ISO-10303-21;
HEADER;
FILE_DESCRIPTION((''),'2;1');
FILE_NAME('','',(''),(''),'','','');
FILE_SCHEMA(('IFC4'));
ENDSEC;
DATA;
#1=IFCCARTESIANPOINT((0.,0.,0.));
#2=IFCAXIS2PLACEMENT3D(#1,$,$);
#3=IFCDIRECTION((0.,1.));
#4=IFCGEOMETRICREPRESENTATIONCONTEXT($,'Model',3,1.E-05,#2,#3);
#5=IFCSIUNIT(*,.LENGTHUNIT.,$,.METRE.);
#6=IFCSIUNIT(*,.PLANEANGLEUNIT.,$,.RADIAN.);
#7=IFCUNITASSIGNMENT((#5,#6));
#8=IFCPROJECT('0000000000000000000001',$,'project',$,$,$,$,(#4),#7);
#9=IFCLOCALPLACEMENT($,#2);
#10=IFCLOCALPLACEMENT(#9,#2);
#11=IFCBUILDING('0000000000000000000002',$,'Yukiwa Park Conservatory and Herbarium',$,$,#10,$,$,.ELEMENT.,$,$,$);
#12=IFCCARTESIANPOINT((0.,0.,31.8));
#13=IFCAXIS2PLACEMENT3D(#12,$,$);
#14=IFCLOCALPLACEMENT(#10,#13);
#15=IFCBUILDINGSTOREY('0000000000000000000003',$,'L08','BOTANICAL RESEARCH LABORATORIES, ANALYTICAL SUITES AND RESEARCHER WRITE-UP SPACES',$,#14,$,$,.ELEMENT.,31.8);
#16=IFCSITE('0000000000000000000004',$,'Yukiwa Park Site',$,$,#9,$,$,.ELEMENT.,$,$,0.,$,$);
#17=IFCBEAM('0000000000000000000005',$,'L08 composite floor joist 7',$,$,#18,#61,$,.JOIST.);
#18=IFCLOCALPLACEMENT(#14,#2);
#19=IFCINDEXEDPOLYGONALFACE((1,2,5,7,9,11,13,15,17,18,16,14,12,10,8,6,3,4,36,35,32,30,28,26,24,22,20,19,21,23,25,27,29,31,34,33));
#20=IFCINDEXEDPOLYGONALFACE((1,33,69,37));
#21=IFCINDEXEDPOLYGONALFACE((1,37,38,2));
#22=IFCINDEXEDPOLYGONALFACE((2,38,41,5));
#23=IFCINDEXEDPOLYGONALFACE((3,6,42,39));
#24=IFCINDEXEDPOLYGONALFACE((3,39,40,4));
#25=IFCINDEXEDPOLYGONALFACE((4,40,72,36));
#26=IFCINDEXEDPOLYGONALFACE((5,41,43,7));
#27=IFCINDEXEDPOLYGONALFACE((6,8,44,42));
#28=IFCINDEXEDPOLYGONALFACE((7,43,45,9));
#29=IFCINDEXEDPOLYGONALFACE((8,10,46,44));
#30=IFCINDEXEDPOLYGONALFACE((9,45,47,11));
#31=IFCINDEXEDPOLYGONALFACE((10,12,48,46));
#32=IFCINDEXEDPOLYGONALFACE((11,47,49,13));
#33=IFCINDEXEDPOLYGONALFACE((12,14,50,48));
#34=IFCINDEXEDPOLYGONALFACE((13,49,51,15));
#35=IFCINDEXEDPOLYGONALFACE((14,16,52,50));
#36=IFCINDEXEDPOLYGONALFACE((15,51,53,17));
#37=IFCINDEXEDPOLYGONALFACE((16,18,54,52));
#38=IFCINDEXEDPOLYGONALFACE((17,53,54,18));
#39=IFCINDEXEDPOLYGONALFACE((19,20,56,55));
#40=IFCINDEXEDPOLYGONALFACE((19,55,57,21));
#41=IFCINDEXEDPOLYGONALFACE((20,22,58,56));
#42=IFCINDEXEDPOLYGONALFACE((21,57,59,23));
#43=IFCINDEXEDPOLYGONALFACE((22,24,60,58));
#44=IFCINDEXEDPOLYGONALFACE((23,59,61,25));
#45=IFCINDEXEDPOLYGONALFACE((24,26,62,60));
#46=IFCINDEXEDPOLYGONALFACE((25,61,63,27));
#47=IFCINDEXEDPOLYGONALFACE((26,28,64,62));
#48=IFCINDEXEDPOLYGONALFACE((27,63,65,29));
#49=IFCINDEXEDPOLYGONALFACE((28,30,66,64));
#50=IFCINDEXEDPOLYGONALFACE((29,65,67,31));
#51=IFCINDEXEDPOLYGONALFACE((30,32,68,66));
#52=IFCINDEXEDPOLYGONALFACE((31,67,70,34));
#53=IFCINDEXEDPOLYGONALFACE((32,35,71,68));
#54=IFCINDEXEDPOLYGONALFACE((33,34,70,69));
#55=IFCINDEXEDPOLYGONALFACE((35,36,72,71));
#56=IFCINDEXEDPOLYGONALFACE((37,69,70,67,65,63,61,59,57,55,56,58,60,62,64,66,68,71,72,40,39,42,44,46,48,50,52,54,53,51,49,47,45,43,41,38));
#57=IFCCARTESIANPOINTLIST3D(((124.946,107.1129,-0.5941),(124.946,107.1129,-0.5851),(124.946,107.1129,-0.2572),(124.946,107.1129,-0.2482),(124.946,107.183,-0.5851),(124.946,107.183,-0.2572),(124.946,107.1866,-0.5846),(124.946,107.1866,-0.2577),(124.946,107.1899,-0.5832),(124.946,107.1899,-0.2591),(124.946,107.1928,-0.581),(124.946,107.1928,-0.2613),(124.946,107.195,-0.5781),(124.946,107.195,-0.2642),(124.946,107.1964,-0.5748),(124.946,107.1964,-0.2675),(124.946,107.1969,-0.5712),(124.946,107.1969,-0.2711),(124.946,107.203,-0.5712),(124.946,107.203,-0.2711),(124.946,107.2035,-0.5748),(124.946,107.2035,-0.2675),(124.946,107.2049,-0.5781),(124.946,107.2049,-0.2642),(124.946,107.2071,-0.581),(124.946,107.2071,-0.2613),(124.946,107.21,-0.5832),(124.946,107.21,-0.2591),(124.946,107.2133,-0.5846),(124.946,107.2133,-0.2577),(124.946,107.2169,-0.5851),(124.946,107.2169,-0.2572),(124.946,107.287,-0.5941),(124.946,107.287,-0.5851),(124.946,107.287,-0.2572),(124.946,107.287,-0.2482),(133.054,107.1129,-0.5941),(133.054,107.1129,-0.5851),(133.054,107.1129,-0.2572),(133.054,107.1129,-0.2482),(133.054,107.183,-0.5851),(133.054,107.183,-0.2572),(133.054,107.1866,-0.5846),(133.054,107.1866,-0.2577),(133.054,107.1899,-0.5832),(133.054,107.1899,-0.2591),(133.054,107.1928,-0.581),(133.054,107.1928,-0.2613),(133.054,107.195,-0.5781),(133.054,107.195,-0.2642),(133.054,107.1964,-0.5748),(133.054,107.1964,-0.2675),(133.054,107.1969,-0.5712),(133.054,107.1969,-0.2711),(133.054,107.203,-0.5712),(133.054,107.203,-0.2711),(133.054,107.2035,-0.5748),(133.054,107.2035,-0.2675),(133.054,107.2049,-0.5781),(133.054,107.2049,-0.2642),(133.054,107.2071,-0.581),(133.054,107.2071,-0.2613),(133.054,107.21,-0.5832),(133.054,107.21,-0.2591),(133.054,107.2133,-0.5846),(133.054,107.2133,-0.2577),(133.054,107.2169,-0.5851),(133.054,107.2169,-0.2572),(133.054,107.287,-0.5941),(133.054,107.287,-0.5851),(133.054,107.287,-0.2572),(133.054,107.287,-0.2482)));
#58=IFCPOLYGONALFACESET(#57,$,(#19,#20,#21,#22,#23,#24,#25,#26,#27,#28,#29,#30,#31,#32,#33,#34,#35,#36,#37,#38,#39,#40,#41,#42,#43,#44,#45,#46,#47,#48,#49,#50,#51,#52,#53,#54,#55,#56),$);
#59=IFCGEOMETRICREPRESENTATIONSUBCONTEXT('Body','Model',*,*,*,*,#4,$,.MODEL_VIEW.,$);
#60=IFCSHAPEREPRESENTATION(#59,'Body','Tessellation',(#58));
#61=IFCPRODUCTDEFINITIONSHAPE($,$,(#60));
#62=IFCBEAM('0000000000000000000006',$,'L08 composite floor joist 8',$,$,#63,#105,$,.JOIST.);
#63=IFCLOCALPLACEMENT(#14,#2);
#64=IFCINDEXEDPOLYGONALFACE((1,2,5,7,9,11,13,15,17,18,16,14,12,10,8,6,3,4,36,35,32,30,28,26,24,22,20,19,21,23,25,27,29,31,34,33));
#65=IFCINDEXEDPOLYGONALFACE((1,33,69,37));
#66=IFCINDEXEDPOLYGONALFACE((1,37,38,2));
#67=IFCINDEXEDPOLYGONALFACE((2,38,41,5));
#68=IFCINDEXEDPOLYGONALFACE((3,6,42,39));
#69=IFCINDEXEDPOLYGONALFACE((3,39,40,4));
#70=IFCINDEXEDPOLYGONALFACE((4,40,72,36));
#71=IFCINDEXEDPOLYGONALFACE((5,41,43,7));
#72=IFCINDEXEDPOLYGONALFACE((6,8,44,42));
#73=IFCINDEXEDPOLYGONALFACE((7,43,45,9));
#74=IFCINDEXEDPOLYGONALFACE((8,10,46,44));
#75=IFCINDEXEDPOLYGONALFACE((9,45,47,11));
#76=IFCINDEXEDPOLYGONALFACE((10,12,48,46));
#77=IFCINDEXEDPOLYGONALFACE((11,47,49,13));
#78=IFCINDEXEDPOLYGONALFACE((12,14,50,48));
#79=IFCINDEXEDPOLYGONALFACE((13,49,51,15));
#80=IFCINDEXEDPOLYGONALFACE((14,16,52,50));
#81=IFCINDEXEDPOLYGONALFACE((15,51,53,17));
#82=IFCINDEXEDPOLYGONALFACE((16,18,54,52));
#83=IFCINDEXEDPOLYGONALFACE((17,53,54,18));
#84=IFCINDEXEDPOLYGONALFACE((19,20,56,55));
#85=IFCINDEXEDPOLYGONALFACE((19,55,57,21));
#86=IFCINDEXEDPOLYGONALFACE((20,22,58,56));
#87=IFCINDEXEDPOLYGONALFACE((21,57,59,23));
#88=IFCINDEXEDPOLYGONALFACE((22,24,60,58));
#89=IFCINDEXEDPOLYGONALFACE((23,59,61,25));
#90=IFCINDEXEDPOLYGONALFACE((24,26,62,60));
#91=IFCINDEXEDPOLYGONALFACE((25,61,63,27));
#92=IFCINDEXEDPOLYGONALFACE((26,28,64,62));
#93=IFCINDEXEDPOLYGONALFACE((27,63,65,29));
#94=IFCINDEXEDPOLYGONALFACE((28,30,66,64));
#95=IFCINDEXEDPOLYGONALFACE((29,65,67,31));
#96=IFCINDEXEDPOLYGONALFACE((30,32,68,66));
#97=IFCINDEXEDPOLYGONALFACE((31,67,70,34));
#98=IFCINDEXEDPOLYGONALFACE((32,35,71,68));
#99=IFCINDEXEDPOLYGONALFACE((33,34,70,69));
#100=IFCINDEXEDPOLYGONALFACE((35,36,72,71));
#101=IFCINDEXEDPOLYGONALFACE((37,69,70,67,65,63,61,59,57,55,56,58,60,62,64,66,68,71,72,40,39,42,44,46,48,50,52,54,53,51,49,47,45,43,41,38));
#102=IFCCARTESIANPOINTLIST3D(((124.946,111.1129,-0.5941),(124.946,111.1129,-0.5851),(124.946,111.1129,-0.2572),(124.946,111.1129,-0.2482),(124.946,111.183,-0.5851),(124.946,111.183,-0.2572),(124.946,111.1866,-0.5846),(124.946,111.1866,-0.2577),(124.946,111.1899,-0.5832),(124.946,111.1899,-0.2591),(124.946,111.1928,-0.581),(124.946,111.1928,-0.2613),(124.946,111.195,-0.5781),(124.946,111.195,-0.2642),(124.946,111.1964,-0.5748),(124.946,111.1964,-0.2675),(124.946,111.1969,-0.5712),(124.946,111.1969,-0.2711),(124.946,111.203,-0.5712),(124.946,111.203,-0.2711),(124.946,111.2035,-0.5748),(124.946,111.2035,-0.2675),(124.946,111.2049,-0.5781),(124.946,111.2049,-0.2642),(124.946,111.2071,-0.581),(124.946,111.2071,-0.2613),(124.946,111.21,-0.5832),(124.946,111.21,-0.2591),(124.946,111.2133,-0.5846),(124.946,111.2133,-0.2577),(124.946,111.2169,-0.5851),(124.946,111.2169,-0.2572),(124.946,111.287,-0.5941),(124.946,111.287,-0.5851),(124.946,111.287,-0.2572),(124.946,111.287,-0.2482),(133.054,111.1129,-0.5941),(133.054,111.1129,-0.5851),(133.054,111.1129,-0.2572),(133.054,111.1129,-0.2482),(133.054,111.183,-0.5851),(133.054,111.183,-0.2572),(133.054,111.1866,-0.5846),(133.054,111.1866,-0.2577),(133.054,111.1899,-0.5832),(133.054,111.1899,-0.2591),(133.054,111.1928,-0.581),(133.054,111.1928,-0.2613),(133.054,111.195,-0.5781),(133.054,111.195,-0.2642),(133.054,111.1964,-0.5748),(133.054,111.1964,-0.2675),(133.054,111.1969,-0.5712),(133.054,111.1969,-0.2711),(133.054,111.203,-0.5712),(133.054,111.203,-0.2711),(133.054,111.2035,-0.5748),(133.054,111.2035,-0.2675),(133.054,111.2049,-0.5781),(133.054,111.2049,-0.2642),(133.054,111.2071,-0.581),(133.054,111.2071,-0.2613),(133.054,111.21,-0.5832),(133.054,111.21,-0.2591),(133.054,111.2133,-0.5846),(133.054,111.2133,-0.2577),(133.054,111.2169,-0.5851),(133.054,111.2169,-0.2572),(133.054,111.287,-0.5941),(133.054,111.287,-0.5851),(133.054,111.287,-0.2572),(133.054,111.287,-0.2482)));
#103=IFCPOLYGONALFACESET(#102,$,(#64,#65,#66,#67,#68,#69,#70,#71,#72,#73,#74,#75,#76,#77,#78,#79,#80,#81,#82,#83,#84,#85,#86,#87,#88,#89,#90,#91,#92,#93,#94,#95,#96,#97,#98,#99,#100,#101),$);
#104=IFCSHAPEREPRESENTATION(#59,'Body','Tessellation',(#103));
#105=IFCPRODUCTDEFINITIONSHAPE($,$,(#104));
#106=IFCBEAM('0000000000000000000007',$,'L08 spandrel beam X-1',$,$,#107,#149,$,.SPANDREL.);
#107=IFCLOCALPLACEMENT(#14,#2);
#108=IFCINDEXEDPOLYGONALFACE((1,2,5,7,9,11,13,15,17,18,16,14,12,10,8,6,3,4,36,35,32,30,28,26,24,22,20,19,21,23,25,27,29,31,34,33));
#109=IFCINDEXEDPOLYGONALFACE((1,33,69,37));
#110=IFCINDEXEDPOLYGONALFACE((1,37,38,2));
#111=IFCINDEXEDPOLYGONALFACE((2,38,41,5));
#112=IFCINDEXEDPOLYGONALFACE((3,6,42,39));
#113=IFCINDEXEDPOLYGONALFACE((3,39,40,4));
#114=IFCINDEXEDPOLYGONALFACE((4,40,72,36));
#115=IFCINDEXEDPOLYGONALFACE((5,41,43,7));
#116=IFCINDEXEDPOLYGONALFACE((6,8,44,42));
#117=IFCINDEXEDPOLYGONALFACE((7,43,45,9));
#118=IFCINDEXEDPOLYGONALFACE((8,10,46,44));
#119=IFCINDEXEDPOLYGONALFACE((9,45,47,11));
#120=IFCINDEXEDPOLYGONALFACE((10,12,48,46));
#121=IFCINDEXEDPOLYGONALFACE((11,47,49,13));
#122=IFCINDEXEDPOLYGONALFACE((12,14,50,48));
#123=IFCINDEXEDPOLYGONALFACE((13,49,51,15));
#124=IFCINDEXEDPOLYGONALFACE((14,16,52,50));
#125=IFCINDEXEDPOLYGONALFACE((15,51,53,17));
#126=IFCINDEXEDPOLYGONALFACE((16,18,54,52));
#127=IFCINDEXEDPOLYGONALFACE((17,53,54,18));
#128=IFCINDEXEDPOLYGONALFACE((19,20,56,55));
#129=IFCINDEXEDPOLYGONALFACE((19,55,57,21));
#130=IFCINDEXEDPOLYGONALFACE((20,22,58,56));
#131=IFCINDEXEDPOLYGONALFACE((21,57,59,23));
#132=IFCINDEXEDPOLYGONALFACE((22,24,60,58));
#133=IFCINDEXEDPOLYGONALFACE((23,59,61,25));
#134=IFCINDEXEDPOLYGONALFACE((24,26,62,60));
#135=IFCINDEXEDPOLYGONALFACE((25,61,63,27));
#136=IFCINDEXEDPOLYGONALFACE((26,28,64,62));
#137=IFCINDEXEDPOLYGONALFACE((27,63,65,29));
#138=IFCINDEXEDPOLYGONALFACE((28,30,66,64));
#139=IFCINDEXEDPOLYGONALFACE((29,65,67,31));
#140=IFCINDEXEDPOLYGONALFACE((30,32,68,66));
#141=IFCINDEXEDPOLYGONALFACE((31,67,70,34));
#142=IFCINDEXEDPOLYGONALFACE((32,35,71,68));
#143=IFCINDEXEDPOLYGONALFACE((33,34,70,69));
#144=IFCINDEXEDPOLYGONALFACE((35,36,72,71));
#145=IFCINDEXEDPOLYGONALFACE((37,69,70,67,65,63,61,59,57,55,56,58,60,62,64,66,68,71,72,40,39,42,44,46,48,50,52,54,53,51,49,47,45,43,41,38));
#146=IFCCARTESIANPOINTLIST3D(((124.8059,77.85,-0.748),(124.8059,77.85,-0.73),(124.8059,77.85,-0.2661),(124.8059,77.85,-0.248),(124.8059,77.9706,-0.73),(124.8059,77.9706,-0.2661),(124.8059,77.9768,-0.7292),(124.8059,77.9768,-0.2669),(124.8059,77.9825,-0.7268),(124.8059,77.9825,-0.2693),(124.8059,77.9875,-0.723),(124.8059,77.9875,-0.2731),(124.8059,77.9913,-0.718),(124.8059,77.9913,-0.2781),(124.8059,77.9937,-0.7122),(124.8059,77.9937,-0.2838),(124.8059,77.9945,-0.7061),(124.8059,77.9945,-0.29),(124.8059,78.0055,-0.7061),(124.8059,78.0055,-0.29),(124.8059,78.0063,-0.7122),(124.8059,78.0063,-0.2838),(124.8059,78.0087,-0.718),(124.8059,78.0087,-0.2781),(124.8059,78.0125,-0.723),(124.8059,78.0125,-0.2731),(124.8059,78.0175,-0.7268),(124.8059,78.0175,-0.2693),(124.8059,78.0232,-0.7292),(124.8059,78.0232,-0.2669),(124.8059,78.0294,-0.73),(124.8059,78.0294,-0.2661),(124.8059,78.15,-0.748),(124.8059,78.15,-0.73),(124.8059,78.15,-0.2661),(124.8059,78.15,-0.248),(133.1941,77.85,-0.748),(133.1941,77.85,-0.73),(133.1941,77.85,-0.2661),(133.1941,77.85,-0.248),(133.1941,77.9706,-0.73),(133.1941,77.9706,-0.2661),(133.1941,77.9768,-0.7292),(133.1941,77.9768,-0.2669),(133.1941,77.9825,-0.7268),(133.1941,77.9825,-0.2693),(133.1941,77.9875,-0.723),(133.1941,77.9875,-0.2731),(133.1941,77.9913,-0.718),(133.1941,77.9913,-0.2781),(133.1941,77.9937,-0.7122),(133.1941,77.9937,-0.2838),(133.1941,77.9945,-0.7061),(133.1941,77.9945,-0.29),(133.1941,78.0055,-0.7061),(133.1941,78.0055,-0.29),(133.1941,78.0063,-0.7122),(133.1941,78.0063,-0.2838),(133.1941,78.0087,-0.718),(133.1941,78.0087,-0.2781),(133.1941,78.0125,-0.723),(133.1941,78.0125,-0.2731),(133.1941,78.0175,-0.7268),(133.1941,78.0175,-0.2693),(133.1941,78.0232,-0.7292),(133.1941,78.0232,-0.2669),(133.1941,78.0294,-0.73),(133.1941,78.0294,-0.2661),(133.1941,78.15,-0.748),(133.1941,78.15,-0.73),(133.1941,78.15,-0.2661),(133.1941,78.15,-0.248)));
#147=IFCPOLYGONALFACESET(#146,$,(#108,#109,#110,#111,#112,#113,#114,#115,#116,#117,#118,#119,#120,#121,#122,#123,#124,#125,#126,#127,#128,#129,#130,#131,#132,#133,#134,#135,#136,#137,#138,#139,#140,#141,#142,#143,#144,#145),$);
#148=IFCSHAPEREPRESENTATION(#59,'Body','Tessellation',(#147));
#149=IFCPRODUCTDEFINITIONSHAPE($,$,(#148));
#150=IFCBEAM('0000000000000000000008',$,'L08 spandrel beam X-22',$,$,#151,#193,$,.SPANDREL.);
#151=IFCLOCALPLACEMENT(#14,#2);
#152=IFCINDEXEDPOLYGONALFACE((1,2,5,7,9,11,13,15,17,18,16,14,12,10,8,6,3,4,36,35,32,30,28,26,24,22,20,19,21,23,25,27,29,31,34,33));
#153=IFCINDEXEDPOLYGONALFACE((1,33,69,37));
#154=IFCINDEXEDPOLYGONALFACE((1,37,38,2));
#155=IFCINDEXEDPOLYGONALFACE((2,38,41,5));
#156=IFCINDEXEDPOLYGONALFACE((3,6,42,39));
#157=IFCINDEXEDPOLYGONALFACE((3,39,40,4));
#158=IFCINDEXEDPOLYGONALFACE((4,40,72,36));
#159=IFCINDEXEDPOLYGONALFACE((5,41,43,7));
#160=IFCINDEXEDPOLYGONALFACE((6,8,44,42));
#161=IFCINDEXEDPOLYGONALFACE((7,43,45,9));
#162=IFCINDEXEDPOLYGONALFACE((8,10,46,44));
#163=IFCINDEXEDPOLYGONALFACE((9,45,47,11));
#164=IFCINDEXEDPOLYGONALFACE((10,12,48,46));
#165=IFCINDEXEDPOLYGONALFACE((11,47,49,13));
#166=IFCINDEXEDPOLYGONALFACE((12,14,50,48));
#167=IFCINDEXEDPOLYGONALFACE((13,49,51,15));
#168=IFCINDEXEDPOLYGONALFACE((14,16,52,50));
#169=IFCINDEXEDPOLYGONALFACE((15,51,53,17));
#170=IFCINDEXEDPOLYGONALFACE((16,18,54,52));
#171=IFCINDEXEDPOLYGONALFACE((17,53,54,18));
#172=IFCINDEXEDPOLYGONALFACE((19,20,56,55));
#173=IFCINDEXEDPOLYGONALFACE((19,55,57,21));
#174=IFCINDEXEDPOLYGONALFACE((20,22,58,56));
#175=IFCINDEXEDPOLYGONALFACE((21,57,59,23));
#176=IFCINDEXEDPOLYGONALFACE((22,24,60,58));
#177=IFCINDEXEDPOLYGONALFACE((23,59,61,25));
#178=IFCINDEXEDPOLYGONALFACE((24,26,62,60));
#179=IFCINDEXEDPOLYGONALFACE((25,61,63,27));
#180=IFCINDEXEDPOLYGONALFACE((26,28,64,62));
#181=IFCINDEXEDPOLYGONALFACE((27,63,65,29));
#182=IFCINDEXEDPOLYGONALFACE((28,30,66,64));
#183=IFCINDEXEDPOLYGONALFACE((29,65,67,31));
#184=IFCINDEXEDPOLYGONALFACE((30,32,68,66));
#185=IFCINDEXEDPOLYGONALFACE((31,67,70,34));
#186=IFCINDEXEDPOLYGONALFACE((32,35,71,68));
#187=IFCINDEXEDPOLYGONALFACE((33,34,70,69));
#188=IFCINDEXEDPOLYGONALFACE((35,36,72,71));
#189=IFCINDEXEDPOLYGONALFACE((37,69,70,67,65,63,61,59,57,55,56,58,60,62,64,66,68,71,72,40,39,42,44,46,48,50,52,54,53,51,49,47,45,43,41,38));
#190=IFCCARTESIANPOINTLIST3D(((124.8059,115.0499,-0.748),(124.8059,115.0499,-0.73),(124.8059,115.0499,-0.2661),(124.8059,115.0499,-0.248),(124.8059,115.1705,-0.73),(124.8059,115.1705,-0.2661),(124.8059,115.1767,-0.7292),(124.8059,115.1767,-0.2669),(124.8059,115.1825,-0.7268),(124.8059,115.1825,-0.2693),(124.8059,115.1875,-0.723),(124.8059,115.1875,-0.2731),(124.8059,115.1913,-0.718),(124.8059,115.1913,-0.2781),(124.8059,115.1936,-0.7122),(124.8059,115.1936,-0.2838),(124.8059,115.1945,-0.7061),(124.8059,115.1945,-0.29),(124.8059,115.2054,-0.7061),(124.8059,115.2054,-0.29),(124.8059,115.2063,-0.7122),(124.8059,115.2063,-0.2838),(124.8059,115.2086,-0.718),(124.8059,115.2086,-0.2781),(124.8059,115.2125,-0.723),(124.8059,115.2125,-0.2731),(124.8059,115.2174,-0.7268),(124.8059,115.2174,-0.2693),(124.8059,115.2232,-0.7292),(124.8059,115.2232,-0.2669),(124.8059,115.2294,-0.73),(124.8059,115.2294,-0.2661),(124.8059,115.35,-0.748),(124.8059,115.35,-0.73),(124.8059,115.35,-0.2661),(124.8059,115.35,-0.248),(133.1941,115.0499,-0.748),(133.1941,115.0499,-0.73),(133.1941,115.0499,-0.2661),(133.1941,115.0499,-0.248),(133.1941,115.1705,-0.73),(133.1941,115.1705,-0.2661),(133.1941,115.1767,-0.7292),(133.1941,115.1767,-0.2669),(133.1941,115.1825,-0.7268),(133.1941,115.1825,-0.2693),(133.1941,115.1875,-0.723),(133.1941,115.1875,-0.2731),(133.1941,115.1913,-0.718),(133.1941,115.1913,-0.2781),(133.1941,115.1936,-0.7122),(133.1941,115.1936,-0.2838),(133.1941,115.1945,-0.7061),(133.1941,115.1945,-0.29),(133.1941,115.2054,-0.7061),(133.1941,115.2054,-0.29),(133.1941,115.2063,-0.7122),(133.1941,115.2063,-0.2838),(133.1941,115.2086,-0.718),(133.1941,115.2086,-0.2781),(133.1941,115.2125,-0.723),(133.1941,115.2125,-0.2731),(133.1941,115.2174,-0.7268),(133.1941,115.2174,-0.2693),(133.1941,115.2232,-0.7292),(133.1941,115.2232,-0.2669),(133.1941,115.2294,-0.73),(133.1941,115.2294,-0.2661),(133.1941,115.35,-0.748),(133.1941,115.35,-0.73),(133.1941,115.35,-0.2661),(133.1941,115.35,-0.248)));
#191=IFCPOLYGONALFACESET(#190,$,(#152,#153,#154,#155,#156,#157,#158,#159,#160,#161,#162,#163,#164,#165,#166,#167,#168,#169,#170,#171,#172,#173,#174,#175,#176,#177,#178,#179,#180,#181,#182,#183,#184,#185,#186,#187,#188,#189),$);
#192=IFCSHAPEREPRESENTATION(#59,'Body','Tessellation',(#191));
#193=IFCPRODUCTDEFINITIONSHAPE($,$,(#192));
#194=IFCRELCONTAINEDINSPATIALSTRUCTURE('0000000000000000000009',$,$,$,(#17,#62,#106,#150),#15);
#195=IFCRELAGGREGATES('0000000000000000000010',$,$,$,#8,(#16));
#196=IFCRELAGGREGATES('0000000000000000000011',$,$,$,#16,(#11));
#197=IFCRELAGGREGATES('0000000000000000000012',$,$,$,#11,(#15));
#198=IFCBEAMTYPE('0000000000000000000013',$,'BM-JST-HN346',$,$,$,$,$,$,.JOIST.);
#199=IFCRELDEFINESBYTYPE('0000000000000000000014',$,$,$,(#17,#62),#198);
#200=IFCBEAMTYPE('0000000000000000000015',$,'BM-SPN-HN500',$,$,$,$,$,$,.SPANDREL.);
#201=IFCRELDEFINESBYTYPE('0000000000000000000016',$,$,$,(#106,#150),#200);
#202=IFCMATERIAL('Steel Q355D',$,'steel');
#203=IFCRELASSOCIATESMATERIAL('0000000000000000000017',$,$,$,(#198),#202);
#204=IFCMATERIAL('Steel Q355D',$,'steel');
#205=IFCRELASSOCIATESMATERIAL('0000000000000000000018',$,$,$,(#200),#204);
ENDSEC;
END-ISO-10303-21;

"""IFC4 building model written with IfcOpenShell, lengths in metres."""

from ifc_helpers import new_model, si_unit, direction, frame, origin, origin_2d, place, context, subcontext, project, spatial, i_section, extrude, material, material_profile, profile_set, type_object, element, save


model = new_model("IFC4")

# Units and contexts
model_context = context("Model", 3, precision=1e-05, world=origin(), true_north=direction((0.0, 1.0)))
body_context = subcontext(model_context, "Body", "Model", "MODEL_VIEW")
ifc_project = project(units=[si_unit("LENGTHUNIT", "METRE"), si_unit("PLANEANGLEUNIT", "RADIAN")], contexts=[model_context])

# Site, building, storey
site_placement = place(None, origin())
site = spatial("IfcSite", under=ifc_project, at=site_placement, Name="Yukiwa Park Site", CompositionType="ELEMENT", RefElevation=0.0)
building_placement = place(site_placement, origin())
building = spatial("IfcBuilding", under=site, at=building_placement, Name="Yukiwa Park Conservatory and Herbarium", CompositionType="ELEMENT")
storey_placement = place(building_placement, frame((0.0, 0.0, 31.8)))
storey = spatial("IfcBuildingStorey", under=building, at=storey_placement, Name="L08", Description="BOTANICAL RESEARCH LABORATORIES, ANALYTICAL SUITES AND RESEARCHER WRITE-UP SPACES", CompositionType="ELEMENT", Elevation=31.8)

# Beams
ifc_material_1 = material(Name="Steel Q355D", Category="steel")
ifc_material_profile_1 = material_profile(ifc_material_1, i_section(OverallWidth=0.1741, OverallDepth=0.3459, WebThickness=0.0061, FlangeThickness=0.009, FilletRadius=0.0139, at=origin_2d()), Name="HN 346x174x6x9")
ifc_profile_set_1 = profile_set([ifc_material_profile_1], Name="Steel Q355D")
beam_type_1 = type_object("IfcBeamType", Name="BM-JST-HN346", PredefinedType="JOIST", material=ifc_profile_set_1)
for number, where, z_axis, x_axis, name in (
    (1, (124.946, 107.2, -0.4211), (1.0, 0.0, 0.0), (0.0, 1.0, 0.0), "L08 composite floor joist 7"),
    (2, (124.946, 111.2, -0.4211), (1.0, 0.0, 0.0), (0.0, 1.0, 0.0), "L08 composite floor joist 8"),
):
    element("IfcBeam", number, at=place(storey_placement, frame(where, z_axis=z_axis, x_axis=x_axis)), inside=storey, type_object=beam_type_1, Name=name, PredefinedType="JOIST", context=body_context, shape_type="SweptSolid", body=[
        extrude(i_section(OverallWidth=0.1741, OverallDepth=0.3459, WebThickness=0.0061, FlangeThickness=0.009, FilletRadius=0.0139, at=origin_2d()), origin(), (0.0, 0.0, 1.0), 8.1079),
    ])
ifc_material_2 = material(Name="Steel Q355D", Category="steel")
ifc_material_profile_2 = material_profile(ifc_material_2, i_section(OverallWidth=0.3, OverallDepth=0.5, WebThickness=0.011, FlangeThickness=0.0181, FilletRadius=0.0239, at=origin_2d()), Name="HM 500x300x11x18")
ifc_profile_set_2 = profile_set([ifc_material_profile_2], Name="Steel Q355D")
beam_type_2 = type_object("IfcBeamType", Name="BM-SPN-HN500", PredefinedType="SPANDREL", material=ifc_profile_set_2)
for number, where, z_axis, x_axis, name in (
    (3, (124.8059, 78.0, -0.498), (1.0, 0.0, 0.0), (0.0, 1.0, 0.0), "L08 spandrel beam X-1"),
    (4, (124.8059, 115.2, -0.498), (1.0, 0.0, 0.0), (0.0, 1.0, 0.0), "L08 spandrel beam X-22"),
):
    element("IfcBeam", number, at=place(storey_placement, frame(where, z_axis=z_axis, x_axis=x_axis)), inside=storey, type_object=beam_type_2, Name=name, PredefinedType="SPANDREL", context=body_context, shape_type="SweptSolid", body=[
        extrude(i_section(OverallWidth=0.3, OverallDepth=0.5, WebThickness=0.011, FlangeThickness=0.0181, FilletRadius=0.0239, at=origin_2d()), origin(), (0.0, 0.0, 1.0), 8.3882),
    ])

save(model, "model.ifc")
